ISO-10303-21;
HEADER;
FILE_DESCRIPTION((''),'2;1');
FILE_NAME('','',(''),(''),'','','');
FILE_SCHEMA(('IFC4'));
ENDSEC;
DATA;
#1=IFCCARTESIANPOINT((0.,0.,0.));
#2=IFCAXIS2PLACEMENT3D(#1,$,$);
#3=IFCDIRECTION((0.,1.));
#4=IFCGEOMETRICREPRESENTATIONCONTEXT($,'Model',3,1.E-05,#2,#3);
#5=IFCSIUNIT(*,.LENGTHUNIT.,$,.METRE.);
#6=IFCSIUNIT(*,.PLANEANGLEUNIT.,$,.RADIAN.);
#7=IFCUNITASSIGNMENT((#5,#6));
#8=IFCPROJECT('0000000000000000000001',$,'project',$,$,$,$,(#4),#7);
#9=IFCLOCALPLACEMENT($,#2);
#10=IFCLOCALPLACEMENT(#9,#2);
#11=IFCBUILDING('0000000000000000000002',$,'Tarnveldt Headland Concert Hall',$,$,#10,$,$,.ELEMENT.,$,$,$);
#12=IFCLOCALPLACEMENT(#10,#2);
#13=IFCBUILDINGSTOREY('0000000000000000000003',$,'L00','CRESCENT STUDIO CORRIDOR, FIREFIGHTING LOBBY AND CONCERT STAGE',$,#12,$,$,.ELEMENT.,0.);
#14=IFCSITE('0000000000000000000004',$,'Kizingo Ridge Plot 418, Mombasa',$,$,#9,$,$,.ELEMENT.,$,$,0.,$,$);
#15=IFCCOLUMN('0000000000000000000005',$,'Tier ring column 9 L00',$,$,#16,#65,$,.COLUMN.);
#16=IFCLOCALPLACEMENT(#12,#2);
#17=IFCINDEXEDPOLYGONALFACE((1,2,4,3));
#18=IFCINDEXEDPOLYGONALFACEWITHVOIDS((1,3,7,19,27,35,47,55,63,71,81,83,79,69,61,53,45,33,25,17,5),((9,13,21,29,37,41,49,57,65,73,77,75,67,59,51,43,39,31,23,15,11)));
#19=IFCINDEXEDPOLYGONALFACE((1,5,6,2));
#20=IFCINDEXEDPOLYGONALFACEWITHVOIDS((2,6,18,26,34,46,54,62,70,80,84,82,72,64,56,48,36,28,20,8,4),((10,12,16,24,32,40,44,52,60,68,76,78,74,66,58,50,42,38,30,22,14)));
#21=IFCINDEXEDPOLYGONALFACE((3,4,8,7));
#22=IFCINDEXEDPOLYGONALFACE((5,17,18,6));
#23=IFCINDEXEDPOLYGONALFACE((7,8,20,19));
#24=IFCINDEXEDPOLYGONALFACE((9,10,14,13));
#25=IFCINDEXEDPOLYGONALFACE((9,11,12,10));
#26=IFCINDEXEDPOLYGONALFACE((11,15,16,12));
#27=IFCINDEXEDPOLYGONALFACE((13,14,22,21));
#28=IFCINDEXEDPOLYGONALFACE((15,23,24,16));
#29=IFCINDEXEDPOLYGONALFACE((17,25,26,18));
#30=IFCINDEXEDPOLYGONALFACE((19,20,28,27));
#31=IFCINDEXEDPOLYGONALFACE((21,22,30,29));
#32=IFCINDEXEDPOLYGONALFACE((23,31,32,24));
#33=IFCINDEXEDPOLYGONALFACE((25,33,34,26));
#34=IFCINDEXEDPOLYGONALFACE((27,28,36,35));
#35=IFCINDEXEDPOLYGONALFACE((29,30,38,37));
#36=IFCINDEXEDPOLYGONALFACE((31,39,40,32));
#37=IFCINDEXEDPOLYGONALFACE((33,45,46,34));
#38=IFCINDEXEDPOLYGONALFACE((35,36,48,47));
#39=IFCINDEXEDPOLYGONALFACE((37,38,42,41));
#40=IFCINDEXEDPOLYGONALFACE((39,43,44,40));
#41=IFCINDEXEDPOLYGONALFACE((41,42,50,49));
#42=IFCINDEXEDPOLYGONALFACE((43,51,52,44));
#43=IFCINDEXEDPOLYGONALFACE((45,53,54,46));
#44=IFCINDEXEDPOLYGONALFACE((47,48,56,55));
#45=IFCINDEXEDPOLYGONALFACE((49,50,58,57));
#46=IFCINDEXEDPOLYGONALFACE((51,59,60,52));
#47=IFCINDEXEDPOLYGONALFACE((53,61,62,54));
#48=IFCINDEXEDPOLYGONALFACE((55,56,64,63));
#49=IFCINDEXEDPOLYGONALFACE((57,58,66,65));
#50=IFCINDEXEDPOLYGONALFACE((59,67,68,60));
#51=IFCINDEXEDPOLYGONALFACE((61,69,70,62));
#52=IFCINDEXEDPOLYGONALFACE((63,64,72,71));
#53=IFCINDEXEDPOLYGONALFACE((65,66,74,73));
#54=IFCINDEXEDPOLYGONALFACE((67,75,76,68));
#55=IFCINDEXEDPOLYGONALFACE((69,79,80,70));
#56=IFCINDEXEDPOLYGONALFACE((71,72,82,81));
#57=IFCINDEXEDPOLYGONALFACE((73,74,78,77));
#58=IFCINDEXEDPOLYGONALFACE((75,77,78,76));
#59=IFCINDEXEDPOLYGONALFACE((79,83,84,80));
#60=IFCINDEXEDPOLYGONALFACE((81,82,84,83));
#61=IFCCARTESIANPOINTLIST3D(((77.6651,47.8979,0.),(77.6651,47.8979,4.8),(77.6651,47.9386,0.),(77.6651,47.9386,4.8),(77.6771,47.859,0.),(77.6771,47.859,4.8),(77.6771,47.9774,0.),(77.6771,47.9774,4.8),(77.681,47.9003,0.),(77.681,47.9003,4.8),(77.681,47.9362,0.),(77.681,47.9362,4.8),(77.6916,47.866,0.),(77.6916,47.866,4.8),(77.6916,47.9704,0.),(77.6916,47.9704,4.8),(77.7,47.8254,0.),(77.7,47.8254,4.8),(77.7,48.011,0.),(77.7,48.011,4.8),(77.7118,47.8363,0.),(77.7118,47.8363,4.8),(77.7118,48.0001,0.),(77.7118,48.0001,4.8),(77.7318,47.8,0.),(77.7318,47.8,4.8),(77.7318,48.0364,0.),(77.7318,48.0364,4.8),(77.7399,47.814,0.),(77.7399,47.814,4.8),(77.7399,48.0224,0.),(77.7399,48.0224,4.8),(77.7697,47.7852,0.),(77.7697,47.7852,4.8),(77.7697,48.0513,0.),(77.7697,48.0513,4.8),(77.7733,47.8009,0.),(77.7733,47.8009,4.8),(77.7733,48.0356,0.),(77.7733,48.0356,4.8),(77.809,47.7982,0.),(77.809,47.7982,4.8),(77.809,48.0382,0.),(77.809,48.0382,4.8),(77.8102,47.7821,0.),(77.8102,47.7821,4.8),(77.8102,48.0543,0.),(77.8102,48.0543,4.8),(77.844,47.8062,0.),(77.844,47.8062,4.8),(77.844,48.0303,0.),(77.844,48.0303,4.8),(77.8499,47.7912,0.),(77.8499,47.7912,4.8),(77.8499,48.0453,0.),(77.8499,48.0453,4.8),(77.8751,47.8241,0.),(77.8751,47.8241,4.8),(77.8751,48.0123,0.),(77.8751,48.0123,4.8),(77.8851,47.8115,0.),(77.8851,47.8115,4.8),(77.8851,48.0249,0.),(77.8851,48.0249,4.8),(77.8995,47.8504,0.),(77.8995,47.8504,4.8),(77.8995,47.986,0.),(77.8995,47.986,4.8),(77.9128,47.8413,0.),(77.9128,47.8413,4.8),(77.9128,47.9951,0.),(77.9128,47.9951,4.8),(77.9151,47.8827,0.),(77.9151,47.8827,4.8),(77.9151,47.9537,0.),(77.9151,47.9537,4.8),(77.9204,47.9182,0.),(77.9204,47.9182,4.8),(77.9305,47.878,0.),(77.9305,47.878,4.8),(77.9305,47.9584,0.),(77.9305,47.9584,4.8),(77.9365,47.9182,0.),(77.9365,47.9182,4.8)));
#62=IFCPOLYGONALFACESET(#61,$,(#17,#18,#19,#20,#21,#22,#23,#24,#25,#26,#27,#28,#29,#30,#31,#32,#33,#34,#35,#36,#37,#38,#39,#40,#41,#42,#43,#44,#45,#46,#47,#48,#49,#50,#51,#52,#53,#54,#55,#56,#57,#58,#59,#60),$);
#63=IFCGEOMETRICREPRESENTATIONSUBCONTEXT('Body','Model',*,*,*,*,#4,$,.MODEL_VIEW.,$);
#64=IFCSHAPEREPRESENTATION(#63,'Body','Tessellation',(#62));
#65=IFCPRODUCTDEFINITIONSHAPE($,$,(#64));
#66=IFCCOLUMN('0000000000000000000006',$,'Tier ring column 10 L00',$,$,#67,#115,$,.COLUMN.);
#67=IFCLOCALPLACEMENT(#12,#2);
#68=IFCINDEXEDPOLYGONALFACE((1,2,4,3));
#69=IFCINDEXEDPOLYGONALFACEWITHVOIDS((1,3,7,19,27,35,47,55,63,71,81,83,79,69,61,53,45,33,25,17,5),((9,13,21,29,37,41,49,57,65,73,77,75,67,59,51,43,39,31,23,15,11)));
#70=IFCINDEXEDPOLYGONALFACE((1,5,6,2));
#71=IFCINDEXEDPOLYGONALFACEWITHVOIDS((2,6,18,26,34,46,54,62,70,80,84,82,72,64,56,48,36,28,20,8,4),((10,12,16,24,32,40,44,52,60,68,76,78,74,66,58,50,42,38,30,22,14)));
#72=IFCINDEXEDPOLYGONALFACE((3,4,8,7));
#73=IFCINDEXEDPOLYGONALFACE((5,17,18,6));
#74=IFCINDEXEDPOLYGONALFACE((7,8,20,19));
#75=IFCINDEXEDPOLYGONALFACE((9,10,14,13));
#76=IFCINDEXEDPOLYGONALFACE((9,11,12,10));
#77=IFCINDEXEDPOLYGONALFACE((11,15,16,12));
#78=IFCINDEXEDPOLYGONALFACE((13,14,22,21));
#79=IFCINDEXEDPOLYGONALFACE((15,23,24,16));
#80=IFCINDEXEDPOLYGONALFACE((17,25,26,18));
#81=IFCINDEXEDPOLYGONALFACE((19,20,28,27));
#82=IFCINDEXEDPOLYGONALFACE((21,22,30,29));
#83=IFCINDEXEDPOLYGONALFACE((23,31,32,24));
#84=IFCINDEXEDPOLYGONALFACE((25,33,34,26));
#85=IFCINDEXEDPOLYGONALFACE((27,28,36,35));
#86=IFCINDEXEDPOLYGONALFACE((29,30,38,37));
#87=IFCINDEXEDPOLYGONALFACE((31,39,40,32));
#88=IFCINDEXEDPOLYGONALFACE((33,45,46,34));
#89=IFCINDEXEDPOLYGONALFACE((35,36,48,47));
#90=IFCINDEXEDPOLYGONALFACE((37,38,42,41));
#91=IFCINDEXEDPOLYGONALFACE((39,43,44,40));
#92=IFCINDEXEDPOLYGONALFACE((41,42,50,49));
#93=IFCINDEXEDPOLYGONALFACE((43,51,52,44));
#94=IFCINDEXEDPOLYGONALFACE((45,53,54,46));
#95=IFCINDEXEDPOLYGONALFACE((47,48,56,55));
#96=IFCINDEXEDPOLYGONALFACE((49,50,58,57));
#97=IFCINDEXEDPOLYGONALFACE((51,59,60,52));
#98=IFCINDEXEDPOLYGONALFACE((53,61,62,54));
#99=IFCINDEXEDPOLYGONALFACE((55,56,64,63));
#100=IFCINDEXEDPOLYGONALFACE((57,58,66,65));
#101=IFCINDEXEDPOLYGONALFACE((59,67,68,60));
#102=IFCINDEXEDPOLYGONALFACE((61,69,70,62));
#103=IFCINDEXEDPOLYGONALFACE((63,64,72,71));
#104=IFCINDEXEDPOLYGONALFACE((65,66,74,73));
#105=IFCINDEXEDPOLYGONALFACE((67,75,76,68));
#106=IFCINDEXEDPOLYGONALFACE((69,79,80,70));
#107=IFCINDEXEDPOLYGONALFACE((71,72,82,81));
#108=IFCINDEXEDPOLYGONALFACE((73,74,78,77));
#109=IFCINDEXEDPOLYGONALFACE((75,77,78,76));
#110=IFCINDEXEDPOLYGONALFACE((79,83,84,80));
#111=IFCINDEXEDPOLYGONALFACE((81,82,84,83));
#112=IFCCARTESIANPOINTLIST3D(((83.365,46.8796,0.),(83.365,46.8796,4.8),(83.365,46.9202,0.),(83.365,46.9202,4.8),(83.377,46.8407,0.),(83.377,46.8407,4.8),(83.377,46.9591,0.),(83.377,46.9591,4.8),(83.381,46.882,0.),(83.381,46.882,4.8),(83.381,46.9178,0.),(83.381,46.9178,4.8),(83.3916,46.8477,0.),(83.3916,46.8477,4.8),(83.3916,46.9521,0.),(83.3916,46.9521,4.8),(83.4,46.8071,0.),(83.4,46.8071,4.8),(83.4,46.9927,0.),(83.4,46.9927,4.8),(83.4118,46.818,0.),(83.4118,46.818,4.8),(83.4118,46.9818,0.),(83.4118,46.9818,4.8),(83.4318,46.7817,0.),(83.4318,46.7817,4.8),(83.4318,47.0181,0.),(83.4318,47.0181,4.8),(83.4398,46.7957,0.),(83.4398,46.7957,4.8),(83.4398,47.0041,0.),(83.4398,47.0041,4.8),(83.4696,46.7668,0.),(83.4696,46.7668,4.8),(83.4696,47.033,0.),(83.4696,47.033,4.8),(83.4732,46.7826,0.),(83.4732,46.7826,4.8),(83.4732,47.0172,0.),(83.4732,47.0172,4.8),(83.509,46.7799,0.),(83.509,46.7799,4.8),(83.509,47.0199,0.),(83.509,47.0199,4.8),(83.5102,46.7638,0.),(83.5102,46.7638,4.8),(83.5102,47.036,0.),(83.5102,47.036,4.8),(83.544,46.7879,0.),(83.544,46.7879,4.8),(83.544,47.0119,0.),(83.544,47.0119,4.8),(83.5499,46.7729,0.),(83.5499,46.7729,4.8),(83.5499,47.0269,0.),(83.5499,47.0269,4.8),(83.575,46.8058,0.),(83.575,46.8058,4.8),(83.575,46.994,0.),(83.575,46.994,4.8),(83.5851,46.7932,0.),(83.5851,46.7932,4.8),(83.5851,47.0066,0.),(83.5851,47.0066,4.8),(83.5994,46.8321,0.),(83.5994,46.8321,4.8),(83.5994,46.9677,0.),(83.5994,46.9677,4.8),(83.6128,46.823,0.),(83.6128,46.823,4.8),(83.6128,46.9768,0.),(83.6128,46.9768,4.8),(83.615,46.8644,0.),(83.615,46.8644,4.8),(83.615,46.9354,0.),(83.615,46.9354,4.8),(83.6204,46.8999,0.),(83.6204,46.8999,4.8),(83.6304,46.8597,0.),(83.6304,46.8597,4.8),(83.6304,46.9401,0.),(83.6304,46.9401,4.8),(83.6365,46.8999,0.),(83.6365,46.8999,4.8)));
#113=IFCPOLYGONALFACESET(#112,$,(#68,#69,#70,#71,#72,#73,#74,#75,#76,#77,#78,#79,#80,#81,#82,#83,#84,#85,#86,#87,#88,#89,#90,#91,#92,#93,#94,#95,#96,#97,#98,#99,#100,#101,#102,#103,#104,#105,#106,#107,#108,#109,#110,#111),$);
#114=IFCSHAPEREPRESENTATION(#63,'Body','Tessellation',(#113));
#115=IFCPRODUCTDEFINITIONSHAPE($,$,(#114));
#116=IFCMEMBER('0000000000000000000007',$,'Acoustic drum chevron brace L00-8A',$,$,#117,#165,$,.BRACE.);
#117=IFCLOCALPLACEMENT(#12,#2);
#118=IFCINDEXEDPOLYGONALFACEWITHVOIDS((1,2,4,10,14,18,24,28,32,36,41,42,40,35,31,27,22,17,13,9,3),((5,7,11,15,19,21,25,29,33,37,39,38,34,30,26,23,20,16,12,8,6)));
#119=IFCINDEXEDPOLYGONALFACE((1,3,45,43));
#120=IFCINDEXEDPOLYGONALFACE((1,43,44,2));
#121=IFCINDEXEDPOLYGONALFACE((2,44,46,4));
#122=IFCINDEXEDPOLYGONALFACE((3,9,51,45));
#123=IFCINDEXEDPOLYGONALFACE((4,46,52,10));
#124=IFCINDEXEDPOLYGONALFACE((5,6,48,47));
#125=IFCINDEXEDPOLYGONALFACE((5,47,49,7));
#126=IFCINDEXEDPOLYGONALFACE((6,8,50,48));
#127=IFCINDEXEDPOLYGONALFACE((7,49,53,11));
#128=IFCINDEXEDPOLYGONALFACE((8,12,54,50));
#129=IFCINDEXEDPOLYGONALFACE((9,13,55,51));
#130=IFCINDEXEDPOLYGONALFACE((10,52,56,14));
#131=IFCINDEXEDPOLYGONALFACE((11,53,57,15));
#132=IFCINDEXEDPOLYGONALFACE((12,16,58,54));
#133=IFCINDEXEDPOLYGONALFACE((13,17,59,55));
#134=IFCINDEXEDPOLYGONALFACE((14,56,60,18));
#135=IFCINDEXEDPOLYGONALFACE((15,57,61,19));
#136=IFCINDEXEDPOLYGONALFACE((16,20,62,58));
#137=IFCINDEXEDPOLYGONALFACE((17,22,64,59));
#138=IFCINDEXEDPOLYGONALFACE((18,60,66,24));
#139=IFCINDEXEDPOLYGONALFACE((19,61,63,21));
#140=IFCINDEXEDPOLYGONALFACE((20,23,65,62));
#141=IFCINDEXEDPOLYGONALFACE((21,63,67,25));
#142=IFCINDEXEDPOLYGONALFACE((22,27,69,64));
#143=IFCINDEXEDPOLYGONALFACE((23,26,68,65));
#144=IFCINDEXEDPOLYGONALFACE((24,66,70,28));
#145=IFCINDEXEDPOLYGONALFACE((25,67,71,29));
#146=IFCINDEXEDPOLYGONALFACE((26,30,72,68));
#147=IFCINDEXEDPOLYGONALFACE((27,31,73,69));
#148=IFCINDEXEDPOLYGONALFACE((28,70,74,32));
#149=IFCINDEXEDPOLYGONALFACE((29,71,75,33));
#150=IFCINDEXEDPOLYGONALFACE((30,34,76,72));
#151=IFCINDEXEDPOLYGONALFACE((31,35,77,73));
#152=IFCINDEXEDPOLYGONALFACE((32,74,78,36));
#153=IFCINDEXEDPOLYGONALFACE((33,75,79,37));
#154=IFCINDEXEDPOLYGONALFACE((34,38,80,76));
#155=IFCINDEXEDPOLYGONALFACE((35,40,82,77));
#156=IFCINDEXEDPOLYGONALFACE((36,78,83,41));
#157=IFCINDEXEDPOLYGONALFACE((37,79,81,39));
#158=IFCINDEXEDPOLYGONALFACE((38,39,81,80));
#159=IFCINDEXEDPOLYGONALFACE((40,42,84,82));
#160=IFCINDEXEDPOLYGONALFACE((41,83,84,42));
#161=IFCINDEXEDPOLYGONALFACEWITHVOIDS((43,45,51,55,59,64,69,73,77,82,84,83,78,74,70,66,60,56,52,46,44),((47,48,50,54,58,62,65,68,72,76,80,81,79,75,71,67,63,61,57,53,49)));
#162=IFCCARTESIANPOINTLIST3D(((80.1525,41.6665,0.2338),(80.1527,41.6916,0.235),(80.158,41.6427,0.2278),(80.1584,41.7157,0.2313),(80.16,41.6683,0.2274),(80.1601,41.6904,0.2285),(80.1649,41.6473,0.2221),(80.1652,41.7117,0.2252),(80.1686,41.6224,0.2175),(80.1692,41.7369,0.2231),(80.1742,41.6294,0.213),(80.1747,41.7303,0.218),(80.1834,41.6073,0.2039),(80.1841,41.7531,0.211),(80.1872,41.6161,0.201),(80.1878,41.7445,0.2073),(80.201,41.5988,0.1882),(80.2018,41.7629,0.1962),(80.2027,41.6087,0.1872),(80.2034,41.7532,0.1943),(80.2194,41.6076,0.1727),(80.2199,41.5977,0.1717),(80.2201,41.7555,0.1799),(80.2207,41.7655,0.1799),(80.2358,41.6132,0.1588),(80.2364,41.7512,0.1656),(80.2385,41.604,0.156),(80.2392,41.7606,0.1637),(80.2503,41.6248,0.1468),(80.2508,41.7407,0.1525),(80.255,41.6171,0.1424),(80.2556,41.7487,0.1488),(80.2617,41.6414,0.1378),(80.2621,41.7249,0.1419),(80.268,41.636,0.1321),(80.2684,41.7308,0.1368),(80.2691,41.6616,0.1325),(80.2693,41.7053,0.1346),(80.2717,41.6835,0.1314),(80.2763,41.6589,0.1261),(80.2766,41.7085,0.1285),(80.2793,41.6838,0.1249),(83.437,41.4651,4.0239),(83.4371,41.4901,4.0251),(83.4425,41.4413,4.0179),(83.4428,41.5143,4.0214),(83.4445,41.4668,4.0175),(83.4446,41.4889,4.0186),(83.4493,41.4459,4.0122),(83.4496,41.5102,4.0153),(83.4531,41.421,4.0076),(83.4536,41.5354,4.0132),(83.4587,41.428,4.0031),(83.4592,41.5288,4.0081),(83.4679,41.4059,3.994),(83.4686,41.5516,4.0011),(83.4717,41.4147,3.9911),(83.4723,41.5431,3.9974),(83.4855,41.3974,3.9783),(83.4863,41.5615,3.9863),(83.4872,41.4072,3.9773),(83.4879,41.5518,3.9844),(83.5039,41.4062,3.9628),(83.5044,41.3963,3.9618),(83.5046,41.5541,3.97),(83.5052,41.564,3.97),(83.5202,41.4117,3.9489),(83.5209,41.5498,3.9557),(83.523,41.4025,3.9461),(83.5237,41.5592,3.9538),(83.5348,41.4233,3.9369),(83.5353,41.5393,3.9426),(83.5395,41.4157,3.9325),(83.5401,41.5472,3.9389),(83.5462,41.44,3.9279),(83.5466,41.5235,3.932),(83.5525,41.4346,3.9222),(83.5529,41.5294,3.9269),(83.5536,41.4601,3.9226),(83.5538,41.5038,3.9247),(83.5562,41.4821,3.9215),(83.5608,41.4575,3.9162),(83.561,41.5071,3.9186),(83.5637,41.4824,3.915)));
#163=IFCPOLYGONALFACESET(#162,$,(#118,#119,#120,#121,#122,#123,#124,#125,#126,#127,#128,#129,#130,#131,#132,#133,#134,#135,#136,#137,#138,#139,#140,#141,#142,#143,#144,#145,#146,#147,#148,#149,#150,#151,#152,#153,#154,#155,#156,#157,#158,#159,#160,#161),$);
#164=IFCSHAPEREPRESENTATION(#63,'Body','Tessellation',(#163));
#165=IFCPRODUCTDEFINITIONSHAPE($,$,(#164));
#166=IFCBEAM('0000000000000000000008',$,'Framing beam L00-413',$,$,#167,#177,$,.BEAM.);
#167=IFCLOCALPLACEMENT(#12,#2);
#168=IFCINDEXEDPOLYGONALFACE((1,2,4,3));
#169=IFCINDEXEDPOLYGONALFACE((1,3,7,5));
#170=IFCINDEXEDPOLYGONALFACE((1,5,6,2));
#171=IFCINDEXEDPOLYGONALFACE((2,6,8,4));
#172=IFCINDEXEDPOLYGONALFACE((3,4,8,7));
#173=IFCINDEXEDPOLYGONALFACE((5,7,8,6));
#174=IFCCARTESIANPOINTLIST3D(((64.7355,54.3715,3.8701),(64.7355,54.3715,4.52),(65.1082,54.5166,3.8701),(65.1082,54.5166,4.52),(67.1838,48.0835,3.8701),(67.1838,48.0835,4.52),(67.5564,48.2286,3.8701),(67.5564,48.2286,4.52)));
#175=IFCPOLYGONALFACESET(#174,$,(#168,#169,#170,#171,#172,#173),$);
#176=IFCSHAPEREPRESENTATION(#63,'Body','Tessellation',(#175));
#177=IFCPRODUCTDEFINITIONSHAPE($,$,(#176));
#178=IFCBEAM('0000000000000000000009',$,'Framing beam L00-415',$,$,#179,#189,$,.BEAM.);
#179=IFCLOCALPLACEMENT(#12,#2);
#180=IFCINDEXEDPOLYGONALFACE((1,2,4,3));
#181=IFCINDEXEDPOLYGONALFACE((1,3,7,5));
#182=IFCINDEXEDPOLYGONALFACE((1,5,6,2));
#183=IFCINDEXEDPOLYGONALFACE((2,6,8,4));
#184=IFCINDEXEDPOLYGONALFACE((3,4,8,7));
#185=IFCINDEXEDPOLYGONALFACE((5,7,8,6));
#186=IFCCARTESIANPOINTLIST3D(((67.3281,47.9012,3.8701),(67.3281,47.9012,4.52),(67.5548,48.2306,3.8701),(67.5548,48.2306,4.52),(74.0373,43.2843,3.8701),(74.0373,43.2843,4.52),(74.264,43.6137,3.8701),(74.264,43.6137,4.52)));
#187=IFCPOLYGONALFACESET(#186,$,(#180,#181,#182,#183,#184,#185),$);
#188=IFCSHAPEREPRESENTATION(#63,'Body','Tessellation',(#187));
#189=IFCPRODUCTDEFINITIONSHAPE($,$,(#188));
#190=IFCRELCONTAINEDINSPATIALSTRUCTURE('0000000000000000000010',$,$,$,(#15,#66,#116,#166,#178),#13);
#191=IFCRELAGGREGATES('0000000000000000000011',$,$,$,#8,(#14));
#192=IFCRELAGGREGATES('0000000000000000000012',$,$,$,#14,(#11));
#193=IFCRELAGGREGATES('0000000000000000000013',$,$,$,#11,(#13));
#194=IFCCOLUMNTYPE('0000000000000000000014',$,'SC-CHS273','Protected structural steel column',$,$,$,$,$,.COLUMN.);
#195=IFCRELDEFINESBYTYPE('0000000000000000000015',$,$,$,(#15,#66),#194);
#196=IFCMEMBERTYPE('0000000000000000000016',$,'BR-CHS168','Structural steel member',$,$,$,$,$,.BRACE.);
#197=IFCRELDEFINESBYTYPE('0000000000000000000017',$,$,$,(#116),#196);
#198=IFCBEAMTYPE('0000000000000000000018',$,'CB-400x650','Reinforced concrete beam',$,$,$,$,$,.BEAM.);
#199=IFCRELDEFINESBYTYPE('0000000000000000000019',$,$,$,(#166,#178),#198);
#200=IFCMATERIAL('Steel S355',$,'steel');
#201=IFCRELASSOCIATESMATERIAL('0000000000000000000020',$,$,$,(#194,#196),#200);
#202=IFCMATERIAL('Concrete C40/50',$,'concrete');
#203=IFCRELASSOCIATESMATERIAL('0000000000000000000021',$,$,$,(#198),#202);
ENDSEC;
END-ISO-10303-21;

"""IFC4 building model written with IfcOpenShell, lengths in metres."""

from ifc_helpers import new_model, si_unit, direction, frame, origin, origin_2d, place, context, subcontext, project, spatial, rectangle, hollow_circle, extrude, material, material_profile, profile_set, type_object, element, save


model = new_model("IFC4")

# Units and contexts
model_context = context("Model", 3, precision=1e-05, world=origin(), true_north=direction((0.0, 1.0)))
body_context = subcontext(model_context, "Body", "Model", "MODEL_VIEW")
ifc_project = project(units=[si_unit("LENGTHUNIT", "METRE"), si_unit("PLANEANGLEUNIT", "RADIAN")], contexts=[model_context])

# Site, building, storey
site_placement = place(None, origin())
site = spatial("IfcSite", under=ifc_project, at=site_placement, Name="Kizingo Ridge Plot 418, Mombasa", CompositionType="ELEMENT", RefElevation=0.0)
building_placement = place(site_placement, origin())
building = spatial("IfcBuilding", under=site, at=building_placement, Name="Tarnveldt Headland Concert Hall", CompositionType="ELEMENT")
storey_placement = place(building_placement, origin())
storey = spatial("IfcBuildingStorey", under=building, at=storey_placement, Name="L00", Description="CRESCENT STUDIO CORRIDOR, FIREFIGHTING LOBBY AND CONCERT STAGE", CompositionType="ELEMENT", Elevation=0.0)

# Columns
ifc_material_1 = material(Name="Concrete C40/50", Category="concrete")
ifc_material_2 = material(Name="Steel S355", Category="steel")
ifc_material_profile_1 = material_profile(ifc_material_2, hollow_circle(Radius=0.1365, WallThickness=0.0161, at=origin_2d()), Name="CHS 273x16", Category="steel")
ifc_profile_set_1 = profile_set([ifc_material_profile_1], Name="Steel S355")
column_type_1 = type_object("IfcColumnType", Name="SC-CHS273", Description="Protected structural steel column", PredefinedType="COLUMN", material=ifc_profile_set_1)
for number, where, z_axis, x_axis, name in (
    (1, (77.8, 47.9182, 0.0), (0.0, 0.0, 1.0), (1.0, 0.0, 0.0), "Tier ring column 9 L00"),
    (2, (83.5, 46.8999, 0.0), (0.0, 0.0, 1.0), (1.0, 0.0, 0.0), "Tier ring column 10 L00"),
):
    element("IfcColumn", number, at=place(storey_placement, frame(where, z_axis=z_axis, x_axis=x_axis)), inside=storey, type_object=column_type_1, Name=name, PredefinedType="COLUMN", context=body_context, shape_type="SweptSolid", body=[
        extrude(hollow_circle(Radius=0.1365, WallThickness=0.0161, at=origin_2d()), origin(), (0.0, 0.0, 1.0), 4.8),
    ])

# Member
ifc_material_profile_2 = material_profile(ifc_material_2, hollow_circle(Radius=0.0842, WallThickness=0.01, at=origin_2d()), Name="CHS 168.3x10", Category="steel")
ifc_profile_set_2 = profile_set([ifc_material_profile_2], Name="Steel S355")
member_type = type_object("IfcMemberType", Name="BR-CHS168", Description="Structural steel member", PredefinedType="BRACE", material=ifc_profile_set_2)
member_placement = place(storey_placement, frame((80.2156, 41.6814, 0.1799), z_axis=(0.654372, -0.040129, 0.755108), x_axis=(0.06121, 0.998125, 0.0)))
element("IfcMember", 3, at=member_placement, inside=storey, type_object=member_type, Name="Acoustic drum chevron brace L00-8A", PredefinedType="BRACE", context=body_context, shape_type="SweptSolid", body=[
    extrude(hollow_circle(Radius=0.0842, WallThickness=0.01, at=origin_2d()), origin(), (0.0, 0.0, 1.0), 5.0193),
])

# Beams
ifc_material_profile_3 = material_profile(ifc_material_1, rectangle(XDim=0.3999, YDim=0.6499, at=origin_2d()), Name="RC 400x650", Category="concrete")
ifc_profile_set_3 = profile_set([ifc_material_profile_3], Name="Concrete C40/50")
beam_type_1 = type_object("IfcBeamType", Name="CB-400x650", Description="Reinforced concrete beam", PredefinedType="BEAM", material=ifc_profile_set_3)
beam_1_placement = place(storey_placement, frame((64.9219, 54.4441, 4.1951), z_axis=(0.362816, -0.931861, 0.0), x_axis=(0.931861, 0.362816, 0.0)))
element("IfcBeam", 4, at=beam_1_placement, inside=storey, type_object=beam_type_1, Name="Framing beam L00-413", PredefinedType="BEAM", context=body_context, shape_type="SweptSolid", body=[
    extrude(rectangle(XDim=0.3999, YDim=0.6499, at=origin_2d()), origin(), (0.0, 0.0, 1.0), 6.7478),
])
beam_2_placement = place(storey_placement, frame((67.4414, 48.0659, 4.1951), z_axis=(0.823793, -0.566891, 0.0), x_axis=(0.566891, 0.823793, 0.0)))
element("IfcBeam", 5, at=beam_2_placement, inside=storey, type_object=beam_type_1, Name="Framing beam L00-415", PredefinedType="BEAM", context=body_context, shape_type="SweptSolid", body=[
    extrude(rectangle(XDim=0.3999, YDim=0.6499, at=origin_2d()), origin(), (0.0, 0.0, 1.0), 8.1443),
])

save(model, "model.ifc")
